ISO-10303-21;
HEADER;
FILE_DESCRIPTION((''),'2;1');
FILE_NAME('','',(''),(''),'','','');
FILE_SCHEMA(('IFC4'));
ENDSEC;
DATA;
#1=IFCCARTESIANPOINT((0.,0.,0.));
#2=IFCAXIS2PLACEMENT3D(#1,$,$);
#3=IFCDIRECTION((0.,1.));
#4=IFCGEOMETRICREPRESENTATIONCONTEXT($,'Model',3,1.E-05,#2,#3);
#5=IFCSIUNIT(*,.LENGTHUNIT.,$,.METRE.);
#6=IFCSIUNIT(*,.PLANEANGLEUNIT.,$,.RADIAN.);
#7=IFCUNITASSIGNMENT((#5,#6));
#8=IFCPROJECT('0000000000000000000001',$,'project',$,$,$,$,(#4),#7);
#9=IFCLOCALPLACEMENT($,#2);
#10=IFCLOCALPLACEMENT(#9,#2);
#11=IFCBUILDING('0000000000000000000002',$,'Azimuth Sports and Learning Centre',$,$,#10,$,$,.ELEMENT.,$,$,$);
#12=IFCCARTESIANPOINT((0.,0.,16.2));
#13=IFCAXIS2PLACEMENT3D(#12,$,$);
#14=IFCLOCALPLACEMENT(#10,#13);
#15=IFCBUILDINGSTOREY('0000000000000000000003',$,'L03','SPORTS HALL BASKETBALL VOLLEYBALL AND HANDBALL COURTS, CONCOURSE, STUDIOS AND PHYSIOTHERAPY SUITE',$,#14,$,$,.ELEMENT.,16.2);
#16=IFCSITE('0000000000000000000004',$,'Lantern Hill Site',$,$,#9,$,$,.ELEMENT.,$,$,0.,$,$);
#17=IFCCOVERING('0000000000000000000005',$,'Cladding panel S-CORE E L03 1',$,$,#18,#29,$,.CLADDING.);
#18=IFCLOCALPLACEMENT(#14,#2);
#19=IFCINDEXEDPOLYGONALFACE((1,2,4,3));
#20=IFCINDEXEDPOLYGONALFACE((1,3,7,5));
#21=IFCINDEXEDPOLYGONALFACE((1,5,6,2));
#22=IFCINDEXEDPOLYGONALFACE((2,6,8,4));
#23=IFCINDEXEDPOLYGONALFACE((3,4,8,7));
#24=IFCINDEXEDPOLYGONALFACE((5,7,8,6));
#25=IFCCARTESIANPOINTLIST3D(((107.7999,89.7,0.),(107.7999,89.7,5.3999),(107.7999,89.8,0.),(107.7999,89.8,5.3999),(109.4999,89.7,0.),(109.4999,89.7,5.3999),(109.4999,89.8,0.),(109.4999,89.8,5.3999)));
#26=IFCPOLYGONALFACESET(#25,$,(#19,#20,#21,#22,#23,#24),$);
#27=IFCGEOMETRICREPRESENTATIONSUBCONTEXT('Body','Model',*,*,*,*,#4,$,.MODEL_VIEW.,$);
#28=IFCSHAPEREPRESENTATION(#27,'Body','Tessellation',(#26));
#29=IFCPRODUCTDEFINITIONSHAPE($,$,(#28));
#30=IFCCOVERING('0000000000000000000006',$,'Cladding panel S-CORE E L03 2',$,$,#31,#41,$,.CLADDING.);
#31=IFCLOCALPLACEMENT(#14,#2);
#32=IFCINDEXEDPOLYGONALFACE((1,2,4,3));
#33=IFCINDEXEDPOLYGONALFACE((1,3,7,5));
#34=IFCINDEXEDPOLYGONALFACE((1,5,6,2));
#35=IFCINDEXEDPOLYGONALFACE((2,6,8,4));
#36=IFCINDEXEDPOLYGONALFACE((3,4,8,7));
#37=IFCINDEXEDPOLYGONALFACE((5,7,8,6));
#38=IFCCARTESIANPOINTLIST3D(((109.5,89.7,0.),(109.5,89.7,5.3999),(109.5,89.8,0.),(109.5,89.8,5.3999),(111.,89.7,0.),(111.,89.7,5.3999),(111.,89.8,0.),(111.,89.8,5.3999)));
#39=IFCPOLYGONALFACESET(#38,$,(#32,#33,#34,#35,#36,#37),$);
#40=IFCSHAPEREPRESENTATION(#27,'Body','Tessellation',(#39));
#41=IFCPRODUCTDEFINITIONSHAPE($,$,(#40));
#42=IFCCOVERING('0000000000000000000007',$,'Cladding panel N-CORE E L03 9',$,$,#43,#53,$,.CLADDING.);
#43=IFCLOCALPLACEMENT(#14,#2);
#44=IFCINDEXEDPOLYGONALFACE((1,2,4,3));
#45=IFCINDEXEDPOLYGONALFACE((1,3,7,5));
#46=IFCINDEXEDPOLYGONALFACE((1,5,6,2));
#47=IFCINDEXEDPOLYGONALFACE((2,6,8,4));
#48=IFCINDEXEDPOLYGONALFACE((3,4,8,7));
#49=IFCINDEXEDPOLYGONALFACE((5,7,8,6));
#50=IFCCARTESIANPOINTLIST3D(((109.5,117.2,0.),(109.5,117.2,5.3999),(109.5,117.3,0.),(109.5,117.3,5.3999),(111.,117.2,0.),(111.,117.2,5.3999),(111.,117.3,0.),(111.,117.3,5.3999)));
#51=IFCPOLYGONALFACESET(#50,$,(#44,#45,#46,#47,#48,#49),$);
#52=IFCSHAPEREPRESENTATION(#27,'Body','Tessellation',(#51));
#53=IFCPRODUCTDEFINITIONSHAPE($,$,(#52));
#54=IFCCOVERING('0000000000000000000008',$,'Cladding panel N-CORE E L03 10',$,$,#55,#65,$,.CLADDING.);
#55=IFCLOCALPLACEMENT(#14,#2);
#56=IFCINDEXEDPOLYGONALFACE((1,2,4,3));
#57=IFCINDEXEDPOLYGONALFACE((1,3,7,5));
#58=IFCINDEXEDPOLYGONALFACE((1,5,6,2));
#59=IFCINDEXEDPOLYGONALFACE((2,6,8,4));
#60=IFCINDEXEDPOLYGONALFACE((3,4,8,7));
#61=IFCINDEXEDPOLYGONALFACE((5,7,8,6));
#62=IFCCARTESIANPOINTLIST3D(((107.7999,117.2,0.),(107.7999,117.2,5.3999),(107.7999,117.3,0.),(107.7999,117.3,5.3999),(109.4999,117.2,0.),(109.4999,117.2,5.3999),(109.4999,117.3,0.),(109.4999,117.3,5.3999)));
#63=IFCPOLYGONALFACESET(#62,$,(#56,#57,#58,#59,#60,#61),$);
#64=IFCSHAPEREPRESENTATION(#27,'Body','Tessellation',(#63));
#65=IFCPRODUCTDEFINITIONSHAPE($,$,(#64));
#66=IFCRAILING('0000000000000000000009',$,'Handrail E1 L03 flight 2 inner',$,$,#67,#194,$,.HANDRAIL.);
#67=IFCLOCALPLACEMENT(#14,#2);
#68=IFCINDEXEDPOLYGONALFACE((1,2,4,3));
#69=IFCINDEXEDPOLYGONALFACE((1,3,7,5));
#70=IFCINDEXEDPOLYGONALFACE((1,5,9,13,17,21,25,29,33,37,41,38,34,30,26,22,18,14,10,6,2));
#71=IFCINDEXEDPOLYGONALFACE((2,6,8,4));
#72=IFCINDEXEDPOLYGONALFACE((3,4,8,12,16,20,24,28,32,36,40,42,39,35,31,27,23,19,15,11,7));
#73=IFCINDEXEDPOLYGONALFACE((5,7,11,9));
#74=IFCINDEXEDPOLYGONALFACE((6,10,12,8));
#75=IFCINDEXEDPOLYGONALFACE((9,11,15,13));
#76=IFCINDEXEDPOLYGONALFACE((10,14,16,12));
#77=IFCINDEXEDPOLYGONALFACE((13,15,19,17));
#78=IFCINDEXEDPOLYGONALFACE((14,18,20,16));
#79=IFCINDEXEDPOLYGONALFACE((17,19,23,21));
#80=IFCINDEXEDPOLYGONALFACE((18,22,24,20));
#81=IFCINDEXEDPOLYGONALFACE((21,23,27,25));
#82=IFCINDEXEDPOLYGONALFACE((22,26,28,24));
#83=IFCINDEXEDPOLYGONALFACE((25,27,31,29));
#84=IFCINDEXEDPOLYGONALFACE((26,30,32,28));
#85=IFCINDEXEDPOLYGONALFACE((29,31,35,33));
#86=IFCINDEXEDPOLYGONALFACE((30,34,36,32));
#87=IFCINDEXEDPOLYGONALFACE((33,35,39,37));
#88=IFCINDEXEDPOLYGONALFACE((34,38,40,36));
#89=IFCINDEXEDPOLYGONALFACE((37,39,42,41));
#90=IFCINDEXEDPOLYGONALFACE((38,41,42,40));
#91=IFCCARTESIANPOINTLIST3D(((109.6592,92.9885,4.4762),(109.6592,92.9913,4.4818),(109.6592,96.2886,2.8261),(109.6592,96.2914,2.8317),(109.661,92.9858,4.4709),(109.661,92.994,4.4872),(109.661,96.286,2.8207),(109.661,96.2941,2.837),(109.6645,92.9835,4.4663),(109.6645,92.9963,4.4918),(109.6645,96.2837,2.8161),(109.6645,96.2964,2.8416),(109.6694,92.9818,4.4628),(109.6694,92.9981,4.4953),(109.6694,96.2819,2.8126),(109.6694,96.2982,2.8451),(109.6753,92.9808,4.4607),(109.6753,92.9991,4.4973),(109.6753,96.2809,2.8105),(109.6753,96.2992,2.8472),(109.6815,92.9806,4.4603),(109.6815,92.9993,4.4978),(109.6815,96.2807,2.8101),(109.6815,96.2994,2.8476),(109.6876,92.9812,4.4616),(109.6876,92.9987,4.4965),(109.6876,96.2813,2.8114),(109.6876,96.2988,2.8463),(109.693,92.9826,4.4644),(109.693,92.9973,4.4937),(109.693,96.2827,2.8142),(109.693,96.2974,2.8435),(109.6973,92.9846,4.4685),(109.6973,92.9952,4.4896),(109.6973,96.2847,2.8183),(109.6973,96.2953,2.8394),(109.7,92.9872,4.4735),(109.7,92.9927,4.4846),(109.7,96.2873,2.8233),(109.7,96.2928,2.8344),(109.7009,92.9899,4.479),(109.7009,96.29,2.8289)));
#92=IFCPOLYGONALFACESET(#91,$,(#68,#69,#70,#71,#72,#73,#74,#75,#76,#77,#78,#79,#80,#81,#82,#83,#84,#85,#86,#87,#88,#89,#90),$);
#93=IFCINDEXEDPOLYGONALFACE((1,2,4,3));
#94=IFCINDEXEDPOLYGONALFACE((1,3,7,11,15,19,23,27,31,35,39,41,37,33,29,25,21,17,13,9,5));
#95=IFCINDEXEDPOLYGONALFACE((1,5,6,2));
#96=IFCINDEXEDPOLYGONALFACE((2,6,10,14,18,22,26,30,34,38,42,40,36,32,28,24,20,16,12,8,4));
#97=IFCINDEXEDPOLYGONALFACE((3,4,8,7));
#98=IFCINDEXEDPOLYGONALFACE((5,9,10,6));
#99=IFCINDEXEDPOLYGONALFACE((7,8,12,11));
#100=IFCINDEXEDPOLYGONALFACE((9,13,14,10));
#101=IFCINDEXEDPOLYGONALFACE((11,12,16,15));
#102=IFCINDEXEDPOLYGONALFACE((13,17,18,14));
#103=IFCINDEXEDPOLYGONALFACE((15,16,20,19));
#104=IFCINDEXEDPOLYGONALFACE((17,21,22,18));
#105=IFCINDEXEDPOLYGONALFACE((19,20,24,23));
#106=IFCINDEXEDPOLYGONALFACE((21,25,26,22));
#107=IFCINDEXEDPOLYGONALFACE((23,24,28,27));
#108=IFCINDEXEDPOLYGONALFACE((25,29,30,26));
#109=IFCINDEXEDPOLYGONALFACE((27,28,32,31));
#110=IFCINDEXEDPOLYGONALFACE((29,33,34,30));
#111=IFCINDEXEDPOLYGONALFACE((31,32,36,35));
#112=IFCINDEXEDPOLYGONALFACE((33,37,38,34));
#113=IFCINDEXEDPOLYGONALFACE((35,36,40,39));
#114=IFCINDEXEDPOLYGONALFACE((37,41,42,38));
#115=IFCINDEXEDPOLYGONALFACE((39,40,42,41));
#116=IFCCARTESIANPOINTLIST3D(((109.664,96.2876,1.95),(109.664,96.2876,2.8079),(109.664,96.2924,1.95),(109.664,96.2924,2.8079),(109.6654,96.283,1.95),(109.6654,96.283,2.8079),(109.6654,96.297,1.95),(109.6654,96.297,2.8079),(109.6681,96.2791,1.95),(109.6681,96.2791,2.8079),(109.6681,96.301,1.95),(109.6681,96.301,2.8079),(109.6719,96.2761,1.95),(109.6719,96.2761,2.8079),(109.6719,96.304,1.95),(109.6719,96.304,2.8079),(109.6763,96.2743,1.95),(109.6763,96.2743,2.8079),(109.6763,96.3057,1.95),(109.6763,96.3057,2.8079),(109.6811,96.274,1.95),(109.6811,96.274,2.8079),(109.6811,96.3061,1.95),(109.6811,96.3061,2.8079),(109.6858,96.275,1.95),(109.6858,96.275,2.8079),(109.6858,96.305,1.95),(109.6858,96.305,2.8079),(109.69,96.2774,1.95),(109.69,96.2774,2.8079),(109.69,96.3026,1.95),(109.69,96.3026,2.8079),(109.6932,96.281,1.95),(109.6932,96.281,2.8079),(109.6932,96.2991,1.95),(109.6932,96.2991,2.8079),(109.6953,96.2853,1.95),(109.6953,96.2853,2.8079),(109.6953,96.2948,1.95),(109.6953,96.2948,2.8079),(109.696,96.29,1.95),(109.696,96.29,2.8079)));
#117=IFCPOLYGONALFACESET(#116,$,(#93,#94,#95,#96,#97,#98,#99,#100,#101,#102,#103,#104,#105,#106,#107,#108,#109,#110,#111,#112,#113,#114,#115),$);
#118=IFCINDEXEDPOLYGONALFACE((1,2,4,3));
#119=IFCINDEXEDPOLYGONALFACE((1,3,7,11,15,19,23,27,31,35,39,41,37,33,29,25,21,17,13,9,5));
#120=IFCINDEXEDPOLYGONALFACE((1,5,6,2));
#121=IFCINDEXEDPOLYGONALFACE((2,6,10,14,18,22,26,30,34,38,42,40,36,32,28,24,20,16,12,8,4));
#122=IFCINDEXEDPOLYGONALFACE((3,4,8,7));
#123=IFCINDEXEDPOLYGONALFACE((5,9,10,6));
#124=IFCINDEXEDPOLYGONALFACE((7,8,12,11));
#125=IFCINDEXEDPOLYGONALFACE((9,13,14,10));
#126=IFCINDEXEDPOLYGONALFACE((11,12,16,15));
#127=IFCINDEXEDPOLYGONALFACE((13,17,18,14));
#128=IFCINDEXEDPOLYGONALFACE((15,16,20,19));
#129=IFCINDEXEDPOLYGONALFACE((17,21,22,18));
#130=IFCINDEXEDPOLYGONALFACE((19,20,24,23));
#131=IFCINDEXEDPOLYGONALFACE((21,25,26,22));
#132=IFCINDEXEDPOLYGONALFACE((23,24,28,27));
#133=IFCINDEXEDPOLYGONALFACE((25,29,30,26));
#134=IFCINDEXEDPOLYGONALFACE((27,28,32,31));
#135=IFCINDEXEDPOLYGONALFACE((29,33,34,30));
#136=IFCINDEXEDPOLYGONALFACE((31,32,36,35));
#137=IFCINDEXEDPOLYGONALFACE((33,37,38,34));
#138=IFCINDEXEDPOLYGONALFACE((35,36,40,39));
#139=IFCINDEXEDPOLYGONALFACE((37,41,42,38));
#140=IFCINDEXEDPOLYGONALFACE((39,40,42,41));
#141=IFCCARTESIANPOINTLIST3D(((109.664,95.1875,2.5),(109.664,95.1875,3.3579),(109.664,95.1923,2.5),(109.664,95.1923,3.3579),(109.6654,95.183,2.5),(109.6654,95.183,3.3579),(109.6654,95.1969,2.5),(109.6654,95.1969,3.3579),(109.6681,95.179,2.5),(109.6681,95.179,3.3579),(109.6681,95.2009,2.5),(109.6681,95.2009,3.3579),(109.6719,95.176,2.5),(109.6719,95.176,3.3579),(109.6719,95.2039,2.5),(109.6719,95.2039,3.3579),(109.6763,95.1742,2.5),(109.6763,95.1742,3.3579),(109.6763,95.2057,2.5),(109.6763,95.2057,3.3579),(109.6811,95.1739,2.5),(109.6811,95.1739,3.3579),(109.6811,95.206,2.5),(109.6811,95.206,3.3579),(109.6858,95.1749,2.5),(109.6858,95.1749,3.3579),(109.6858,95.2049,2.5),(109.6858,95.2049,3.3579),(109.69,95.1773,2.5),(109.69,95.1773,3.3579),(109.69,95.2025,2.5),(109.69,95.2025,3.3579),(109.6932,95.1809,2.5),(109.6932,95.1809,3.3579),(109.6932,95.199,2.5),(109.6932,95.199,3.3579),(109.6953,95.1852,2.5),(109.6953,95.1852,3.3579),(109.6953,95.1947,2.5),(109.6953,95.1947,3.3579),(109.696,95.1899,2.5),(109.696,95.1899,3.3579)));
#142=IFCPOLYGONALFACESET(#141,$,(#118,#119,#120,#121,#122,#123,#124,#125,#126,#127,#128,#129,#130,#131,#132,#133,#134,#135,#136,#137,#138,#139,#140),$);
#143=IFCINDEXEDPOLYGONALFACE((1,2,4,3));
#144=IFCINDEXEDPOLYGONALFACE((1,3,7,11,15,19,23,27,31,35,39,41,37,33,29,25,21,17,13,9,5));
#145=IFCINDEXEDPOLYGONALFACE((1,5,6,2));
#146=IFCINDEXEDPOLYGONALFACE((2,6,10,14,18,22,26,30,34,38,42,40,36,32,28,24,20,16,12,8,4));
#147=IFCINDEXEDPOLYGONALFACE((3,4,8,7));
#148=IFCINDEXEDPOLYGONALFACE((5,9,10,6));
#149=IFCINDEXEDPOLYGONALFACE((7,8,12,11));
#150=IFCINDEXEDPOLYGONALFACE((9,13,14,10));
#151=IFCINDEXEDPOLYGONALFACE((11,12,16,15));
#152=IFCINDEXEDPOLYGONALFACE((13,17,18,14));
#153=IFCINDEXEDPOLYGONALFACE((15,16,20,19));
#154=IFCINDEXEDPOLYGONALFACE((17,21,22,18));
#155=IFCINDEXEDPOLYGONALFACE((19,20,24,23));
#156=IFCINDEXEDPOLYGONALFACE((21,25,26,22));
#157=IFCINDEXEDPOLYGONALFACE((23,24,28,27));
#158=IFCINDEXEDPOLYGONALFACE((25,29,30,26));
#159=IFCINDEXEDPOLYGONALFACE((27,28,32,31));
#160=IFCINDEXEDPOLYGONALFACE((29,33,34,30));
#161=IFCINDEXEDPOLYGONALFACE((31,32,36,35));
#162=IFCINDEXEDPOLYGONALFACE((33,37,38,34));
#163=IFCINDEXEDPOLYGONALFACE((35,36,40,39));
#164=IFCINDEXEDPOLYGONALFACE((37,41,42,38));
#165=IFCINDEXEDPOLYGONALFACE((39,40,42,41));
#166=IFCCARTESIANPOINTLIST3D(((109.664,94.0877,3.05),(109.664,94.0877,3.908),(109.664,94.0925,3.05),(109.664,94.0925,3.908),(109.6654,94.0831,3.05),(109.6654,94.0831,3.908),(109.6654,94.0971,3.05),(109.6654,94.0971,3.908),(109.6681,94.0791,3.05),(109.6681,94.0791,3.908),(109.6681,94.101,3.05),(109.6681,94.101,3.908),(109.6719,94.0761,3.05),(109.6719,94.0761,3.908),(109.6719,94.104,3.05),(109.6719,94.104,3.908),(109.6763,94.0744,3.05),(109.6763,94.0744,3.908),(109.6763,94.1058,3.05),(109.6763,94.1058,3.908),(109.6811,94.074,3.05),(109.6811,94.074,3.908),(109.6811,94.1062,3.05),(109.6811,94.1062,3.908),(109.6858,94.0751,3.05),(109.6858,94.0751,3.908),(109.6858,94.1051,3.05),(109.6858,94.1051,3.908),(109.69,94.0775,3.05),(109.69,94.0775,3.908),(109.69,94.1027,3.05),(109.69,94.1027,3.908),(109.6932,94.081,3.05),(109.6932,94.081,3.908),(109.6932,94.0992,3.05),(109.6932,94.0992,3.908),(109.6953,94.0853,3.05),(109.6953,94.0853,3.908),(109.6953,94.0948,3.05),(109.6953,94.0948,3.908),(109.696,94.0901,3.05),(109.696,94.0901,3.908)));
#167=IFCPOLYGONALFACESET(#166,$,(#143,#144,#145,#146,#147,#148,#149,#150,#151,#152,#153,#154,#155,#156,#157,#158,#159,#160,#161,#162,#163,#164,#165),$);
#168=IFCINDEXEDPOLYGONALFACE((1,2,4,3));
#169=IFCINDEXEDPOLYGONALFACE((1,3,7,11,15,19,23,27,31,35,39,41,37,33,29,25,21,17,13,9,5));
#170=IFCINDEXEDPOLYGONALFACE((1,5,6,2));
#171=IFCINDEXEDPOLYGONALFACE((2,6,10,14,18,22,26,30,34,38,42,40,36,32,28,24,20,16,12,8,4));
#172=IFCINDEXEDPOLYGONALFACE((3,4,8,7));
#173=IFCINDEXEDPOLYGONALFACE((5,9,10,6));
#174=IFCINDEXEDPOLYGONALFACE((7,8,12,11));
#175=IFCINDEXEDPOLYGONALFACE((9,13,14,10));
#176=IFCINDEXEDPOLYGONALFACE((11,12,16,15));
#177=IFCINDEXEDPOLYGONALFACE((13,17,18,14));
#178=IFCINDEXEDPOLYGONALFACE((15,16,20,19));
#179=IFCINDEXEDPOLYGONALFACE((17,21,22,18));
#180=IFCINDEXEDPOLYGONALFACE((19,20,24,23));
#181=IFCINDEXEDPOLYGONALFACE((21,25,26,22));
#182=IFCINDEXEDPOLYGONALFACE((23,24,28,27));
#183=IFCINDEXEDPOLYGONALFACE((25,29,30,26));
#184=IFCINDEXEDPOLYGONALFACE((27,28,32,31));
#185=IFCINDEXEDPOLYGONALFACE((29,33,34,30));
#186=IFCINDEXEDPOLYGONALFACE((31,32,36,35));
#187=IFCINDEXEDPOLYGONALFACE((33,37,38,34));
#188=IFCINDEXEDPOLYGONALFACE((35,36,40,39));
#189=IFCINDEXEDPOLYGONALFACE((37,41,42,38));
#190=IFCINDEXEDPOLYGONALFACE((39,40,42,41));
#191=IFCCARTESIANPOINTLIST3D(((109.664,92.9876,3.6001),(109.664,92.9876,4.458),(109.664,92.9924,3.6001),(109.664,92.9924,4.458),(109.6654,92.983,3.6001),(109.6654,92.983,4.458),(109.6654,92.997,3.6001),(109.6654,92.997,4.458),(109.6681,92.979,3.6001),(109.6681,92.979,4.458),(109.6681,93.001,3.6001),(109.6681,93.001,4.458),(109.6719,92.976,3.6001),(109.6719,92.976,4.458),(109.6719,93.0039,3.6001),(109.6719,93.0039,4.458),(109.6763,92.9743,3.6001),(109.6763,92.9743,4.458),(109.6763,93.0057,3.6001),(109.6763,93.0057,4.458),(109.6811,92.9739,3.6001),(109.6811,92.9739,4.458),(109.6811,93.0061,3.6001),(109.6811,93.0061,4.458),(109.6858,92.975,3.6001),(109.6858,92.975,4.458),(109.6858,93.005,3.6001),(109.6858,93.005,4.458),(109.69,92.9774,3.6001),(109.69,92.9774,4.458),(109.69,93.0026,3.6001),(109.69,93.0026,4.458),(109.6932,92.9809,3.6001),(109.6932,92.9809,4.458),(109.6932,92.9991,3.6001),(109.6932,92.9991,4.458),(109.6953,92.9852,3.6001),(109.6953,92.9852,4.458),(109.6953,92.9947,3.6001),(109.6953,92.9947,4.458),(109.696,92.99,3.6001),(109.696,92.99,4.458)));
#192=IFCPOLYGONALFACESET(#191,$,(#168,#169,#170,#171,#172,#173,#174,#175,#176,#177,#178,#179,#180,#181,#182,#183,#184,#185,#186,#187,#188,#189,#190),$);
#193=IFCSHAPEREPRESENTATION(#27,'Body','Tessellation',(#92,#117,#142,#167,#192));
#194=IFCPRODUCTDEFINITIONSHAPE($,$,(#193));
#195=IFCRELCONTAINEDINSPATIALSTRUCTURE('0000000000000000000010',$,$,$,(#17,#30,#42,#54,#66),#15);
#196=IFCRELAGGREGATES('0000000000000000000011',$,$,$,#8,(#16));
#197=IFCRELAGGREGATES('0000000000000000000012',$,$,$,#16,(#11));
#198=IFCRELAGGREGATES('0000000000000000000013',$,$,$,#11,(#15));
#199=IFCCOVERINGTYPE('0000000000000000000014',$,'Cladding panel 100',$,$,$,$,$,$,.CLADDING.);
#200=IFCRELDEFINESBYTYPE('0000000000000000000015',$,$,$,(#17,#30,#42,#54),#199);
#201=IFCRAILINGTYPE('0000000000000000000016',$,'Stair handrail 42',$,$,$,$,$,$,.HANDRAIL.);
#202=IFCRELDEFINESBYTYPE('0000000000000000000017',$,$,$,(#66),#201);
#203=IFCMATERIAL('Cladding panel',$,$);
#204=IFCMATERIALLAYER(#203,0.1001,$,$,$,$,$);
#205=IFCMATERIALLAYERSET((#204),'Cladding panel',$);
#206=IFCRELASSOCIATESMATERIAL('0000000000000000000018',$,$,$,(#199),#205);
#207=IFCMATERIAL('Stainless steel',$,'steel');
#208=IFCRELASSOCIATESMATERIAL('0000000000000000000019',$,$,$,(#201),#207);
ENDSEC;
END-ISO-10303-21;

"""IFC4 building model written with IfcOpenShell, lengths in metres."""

from ifc_helpers import new_model, si_unit, direction, frame, origin, origin_2d, place, context, subcontext, project, spatial, rectangle, circle, extrude, material, layer, layer_set, type_object, element, save


model = new_model("IFC4")

# Units and contexts
model_context = context("Model", 3, precision=1e-05, world=origin(), true_north=direction((0.0, 1.0)))
body_context = subcontext(model_context, "Body", "Model", "MODEL_VIEW")
ifc_project = project(units=[si_unit("LENGTHUNIT", "METRE"), si_unit("PLANEANGLEUNIT", "RADIAN")], contexts=[model_context])

# Site, building, storey
site_placement = place(None, origin())
site = spatial("IfcSite", under=ifc_project, at=site_placement, Name="Lantern Hill Site", CompositionType="ELEMENT", RefElevation=0.0)
building_placement = place(site_placement, origin())
building = spatial("IfcBuilding", under=site, at=building_placement, Name="Azimuth Sports and Learning Centre", CompositionType="ELEMENT")
storey_placement = place(building_placement, frame((0.0, 0.0, 16.2)))
storey = spatial("IfcBuildingStorey", under=building, at=storey_placement, Name="L03", Description="SPORTS HALL BASKETBALL VOLLEYBALL AND HANDBALL COURTS, CONCOURSE, STUDIOS AND PHYSIOTHERAPY SUITE", CompositionType="ELEMENT", Elevation=16.2)

# Coverings
ifc_material_1 = material(Name="Cladding panel")
ifc_layer_1 = layer(ifc_material_1, 0.1001)
ifc_layer_set_1 = layer_set([ifc_layer_1], Name="Cladding panel")
covering_type = type_object("IfcCoveringType", Name="Cladding panel 100", PredefinedType="CLADDING", material=ifc_layer_set_1)
covering_1_placement = place(storey_placement, frame((108.6499, 89.75, 0.0), z_axis=(0.0, 0.0, 1.0), x_axis=(1.0, 0.0, 0.0)))
element("IfcCovering", 1, at=covering_1_placement, inside=storey, type_object=covering_type, Name="Cladding panel S-CORE E L03 1", PredefinedType="CLADDING", context=body_context, shape_type="SweptSolid", body=[
    extrude(rectangle(XDim=1.7, YDim=0.1001, at=origin_2d()), origin(), (0.0, 0.0, 1.0), 5.3999),
])
for number, where, z_axis, x_axis, name in (
    (2, (110.25, 89.75, 0.0), (0.0, 0.0, 1.0), (1.0, 0.0, 0.0), "Cladding panel S-CORE E L03 2"),
    (3, (110.25, 117.25, 0.0), (0.0, 0.0, 1.0), (-1.0, 0.0, 0.0), "Cladding panel N-CORE E L03 9"),
):
    element("IfcCovering", number, at=place(storey_placement, frame(where, z_axis=z_axis, x_axis=x_axis)), inside=storey, type_object=covering_type, Name=name, PredefinedType="CLADDING", context=body_context, shape_type="SweptSolid", body=[
        extrude(rectangle(XDim=1.5, YDim=0.1001, at=origin_2d()), origin(), (0.0, 0.0, 1.0), 5.3999),
    ])
covering_2_placement = place(storey_placement, frame((108.6499, 117.25, 0.0), z_axis=(0.0, 0.0, 1.0), x_axis=(-1.0, 0.0, 0.0)))
element("IfcCovering", 4, at=covering_2_placement, inside=storey, type_object=covering_type, Name="Cladding panel N-CORE E L03 10", PredefinedType="CLADDING", context=body_context, shape_type="SweptSolid", body=[
    extrude(rectangle(XDim=1.7, YDim=0.1001, at=origin_2d()), origin(), (0.0, 0.0, 1.0), 5.3999),
])

# Railing
ifc_material_2 = material(Name="Stainless steel", Category="steel")
railing_type = type_object("IfcRailingType", Name="Stair handrail 42", PredefinedType="HANDRAIL", material=ifc_material_2)
for number, where, name in (
    (5, (109.6799, 96.29, 1.95), "Handrail E1 L03 flight 2 inner"),
):
    element("IfcRailing", number, at=place(storey_placement, frame(where)), inside=storey, type_object=railing_type, Name=name, PredefinedType="HANDRAIL", context=body_context, shape_type="SweptSolid", body=[
        extrude(circle(Radius=0.021, at=origin_2d()), frame((0.0, 0.0, 0.8789), z_axis=(0.0, -0.894414, 0.44724), x_axis=(1.0, 0.0, 0.0)), (0.0, 0.0, 1.0), 3.6897),
        extrude(circle(Radius=0.0161, at=origin_2d()), origin(), (0.0, 0.0, 1.0), 0.8579),
        extrude(circle(Radius=0.0161, at=origin_2d()), frame((0.0, -1.1001, 0.55)), (0.0, 0.0, 1.0), 0.8579),
        extrude(circle(Radius=0.0161, at=origin_2d()), frame((0.0, -2.2, 1.1001)), (0.0, 0.0, 1.0), 0.8579),
        extrude(circle(Radius=0.0161, at=origin_2d()), frame((0.0, -3.3, 1.6501)), (0.0, 0.0, 1.0), 0.8579),
    ])

save(model, "model.ifc")
